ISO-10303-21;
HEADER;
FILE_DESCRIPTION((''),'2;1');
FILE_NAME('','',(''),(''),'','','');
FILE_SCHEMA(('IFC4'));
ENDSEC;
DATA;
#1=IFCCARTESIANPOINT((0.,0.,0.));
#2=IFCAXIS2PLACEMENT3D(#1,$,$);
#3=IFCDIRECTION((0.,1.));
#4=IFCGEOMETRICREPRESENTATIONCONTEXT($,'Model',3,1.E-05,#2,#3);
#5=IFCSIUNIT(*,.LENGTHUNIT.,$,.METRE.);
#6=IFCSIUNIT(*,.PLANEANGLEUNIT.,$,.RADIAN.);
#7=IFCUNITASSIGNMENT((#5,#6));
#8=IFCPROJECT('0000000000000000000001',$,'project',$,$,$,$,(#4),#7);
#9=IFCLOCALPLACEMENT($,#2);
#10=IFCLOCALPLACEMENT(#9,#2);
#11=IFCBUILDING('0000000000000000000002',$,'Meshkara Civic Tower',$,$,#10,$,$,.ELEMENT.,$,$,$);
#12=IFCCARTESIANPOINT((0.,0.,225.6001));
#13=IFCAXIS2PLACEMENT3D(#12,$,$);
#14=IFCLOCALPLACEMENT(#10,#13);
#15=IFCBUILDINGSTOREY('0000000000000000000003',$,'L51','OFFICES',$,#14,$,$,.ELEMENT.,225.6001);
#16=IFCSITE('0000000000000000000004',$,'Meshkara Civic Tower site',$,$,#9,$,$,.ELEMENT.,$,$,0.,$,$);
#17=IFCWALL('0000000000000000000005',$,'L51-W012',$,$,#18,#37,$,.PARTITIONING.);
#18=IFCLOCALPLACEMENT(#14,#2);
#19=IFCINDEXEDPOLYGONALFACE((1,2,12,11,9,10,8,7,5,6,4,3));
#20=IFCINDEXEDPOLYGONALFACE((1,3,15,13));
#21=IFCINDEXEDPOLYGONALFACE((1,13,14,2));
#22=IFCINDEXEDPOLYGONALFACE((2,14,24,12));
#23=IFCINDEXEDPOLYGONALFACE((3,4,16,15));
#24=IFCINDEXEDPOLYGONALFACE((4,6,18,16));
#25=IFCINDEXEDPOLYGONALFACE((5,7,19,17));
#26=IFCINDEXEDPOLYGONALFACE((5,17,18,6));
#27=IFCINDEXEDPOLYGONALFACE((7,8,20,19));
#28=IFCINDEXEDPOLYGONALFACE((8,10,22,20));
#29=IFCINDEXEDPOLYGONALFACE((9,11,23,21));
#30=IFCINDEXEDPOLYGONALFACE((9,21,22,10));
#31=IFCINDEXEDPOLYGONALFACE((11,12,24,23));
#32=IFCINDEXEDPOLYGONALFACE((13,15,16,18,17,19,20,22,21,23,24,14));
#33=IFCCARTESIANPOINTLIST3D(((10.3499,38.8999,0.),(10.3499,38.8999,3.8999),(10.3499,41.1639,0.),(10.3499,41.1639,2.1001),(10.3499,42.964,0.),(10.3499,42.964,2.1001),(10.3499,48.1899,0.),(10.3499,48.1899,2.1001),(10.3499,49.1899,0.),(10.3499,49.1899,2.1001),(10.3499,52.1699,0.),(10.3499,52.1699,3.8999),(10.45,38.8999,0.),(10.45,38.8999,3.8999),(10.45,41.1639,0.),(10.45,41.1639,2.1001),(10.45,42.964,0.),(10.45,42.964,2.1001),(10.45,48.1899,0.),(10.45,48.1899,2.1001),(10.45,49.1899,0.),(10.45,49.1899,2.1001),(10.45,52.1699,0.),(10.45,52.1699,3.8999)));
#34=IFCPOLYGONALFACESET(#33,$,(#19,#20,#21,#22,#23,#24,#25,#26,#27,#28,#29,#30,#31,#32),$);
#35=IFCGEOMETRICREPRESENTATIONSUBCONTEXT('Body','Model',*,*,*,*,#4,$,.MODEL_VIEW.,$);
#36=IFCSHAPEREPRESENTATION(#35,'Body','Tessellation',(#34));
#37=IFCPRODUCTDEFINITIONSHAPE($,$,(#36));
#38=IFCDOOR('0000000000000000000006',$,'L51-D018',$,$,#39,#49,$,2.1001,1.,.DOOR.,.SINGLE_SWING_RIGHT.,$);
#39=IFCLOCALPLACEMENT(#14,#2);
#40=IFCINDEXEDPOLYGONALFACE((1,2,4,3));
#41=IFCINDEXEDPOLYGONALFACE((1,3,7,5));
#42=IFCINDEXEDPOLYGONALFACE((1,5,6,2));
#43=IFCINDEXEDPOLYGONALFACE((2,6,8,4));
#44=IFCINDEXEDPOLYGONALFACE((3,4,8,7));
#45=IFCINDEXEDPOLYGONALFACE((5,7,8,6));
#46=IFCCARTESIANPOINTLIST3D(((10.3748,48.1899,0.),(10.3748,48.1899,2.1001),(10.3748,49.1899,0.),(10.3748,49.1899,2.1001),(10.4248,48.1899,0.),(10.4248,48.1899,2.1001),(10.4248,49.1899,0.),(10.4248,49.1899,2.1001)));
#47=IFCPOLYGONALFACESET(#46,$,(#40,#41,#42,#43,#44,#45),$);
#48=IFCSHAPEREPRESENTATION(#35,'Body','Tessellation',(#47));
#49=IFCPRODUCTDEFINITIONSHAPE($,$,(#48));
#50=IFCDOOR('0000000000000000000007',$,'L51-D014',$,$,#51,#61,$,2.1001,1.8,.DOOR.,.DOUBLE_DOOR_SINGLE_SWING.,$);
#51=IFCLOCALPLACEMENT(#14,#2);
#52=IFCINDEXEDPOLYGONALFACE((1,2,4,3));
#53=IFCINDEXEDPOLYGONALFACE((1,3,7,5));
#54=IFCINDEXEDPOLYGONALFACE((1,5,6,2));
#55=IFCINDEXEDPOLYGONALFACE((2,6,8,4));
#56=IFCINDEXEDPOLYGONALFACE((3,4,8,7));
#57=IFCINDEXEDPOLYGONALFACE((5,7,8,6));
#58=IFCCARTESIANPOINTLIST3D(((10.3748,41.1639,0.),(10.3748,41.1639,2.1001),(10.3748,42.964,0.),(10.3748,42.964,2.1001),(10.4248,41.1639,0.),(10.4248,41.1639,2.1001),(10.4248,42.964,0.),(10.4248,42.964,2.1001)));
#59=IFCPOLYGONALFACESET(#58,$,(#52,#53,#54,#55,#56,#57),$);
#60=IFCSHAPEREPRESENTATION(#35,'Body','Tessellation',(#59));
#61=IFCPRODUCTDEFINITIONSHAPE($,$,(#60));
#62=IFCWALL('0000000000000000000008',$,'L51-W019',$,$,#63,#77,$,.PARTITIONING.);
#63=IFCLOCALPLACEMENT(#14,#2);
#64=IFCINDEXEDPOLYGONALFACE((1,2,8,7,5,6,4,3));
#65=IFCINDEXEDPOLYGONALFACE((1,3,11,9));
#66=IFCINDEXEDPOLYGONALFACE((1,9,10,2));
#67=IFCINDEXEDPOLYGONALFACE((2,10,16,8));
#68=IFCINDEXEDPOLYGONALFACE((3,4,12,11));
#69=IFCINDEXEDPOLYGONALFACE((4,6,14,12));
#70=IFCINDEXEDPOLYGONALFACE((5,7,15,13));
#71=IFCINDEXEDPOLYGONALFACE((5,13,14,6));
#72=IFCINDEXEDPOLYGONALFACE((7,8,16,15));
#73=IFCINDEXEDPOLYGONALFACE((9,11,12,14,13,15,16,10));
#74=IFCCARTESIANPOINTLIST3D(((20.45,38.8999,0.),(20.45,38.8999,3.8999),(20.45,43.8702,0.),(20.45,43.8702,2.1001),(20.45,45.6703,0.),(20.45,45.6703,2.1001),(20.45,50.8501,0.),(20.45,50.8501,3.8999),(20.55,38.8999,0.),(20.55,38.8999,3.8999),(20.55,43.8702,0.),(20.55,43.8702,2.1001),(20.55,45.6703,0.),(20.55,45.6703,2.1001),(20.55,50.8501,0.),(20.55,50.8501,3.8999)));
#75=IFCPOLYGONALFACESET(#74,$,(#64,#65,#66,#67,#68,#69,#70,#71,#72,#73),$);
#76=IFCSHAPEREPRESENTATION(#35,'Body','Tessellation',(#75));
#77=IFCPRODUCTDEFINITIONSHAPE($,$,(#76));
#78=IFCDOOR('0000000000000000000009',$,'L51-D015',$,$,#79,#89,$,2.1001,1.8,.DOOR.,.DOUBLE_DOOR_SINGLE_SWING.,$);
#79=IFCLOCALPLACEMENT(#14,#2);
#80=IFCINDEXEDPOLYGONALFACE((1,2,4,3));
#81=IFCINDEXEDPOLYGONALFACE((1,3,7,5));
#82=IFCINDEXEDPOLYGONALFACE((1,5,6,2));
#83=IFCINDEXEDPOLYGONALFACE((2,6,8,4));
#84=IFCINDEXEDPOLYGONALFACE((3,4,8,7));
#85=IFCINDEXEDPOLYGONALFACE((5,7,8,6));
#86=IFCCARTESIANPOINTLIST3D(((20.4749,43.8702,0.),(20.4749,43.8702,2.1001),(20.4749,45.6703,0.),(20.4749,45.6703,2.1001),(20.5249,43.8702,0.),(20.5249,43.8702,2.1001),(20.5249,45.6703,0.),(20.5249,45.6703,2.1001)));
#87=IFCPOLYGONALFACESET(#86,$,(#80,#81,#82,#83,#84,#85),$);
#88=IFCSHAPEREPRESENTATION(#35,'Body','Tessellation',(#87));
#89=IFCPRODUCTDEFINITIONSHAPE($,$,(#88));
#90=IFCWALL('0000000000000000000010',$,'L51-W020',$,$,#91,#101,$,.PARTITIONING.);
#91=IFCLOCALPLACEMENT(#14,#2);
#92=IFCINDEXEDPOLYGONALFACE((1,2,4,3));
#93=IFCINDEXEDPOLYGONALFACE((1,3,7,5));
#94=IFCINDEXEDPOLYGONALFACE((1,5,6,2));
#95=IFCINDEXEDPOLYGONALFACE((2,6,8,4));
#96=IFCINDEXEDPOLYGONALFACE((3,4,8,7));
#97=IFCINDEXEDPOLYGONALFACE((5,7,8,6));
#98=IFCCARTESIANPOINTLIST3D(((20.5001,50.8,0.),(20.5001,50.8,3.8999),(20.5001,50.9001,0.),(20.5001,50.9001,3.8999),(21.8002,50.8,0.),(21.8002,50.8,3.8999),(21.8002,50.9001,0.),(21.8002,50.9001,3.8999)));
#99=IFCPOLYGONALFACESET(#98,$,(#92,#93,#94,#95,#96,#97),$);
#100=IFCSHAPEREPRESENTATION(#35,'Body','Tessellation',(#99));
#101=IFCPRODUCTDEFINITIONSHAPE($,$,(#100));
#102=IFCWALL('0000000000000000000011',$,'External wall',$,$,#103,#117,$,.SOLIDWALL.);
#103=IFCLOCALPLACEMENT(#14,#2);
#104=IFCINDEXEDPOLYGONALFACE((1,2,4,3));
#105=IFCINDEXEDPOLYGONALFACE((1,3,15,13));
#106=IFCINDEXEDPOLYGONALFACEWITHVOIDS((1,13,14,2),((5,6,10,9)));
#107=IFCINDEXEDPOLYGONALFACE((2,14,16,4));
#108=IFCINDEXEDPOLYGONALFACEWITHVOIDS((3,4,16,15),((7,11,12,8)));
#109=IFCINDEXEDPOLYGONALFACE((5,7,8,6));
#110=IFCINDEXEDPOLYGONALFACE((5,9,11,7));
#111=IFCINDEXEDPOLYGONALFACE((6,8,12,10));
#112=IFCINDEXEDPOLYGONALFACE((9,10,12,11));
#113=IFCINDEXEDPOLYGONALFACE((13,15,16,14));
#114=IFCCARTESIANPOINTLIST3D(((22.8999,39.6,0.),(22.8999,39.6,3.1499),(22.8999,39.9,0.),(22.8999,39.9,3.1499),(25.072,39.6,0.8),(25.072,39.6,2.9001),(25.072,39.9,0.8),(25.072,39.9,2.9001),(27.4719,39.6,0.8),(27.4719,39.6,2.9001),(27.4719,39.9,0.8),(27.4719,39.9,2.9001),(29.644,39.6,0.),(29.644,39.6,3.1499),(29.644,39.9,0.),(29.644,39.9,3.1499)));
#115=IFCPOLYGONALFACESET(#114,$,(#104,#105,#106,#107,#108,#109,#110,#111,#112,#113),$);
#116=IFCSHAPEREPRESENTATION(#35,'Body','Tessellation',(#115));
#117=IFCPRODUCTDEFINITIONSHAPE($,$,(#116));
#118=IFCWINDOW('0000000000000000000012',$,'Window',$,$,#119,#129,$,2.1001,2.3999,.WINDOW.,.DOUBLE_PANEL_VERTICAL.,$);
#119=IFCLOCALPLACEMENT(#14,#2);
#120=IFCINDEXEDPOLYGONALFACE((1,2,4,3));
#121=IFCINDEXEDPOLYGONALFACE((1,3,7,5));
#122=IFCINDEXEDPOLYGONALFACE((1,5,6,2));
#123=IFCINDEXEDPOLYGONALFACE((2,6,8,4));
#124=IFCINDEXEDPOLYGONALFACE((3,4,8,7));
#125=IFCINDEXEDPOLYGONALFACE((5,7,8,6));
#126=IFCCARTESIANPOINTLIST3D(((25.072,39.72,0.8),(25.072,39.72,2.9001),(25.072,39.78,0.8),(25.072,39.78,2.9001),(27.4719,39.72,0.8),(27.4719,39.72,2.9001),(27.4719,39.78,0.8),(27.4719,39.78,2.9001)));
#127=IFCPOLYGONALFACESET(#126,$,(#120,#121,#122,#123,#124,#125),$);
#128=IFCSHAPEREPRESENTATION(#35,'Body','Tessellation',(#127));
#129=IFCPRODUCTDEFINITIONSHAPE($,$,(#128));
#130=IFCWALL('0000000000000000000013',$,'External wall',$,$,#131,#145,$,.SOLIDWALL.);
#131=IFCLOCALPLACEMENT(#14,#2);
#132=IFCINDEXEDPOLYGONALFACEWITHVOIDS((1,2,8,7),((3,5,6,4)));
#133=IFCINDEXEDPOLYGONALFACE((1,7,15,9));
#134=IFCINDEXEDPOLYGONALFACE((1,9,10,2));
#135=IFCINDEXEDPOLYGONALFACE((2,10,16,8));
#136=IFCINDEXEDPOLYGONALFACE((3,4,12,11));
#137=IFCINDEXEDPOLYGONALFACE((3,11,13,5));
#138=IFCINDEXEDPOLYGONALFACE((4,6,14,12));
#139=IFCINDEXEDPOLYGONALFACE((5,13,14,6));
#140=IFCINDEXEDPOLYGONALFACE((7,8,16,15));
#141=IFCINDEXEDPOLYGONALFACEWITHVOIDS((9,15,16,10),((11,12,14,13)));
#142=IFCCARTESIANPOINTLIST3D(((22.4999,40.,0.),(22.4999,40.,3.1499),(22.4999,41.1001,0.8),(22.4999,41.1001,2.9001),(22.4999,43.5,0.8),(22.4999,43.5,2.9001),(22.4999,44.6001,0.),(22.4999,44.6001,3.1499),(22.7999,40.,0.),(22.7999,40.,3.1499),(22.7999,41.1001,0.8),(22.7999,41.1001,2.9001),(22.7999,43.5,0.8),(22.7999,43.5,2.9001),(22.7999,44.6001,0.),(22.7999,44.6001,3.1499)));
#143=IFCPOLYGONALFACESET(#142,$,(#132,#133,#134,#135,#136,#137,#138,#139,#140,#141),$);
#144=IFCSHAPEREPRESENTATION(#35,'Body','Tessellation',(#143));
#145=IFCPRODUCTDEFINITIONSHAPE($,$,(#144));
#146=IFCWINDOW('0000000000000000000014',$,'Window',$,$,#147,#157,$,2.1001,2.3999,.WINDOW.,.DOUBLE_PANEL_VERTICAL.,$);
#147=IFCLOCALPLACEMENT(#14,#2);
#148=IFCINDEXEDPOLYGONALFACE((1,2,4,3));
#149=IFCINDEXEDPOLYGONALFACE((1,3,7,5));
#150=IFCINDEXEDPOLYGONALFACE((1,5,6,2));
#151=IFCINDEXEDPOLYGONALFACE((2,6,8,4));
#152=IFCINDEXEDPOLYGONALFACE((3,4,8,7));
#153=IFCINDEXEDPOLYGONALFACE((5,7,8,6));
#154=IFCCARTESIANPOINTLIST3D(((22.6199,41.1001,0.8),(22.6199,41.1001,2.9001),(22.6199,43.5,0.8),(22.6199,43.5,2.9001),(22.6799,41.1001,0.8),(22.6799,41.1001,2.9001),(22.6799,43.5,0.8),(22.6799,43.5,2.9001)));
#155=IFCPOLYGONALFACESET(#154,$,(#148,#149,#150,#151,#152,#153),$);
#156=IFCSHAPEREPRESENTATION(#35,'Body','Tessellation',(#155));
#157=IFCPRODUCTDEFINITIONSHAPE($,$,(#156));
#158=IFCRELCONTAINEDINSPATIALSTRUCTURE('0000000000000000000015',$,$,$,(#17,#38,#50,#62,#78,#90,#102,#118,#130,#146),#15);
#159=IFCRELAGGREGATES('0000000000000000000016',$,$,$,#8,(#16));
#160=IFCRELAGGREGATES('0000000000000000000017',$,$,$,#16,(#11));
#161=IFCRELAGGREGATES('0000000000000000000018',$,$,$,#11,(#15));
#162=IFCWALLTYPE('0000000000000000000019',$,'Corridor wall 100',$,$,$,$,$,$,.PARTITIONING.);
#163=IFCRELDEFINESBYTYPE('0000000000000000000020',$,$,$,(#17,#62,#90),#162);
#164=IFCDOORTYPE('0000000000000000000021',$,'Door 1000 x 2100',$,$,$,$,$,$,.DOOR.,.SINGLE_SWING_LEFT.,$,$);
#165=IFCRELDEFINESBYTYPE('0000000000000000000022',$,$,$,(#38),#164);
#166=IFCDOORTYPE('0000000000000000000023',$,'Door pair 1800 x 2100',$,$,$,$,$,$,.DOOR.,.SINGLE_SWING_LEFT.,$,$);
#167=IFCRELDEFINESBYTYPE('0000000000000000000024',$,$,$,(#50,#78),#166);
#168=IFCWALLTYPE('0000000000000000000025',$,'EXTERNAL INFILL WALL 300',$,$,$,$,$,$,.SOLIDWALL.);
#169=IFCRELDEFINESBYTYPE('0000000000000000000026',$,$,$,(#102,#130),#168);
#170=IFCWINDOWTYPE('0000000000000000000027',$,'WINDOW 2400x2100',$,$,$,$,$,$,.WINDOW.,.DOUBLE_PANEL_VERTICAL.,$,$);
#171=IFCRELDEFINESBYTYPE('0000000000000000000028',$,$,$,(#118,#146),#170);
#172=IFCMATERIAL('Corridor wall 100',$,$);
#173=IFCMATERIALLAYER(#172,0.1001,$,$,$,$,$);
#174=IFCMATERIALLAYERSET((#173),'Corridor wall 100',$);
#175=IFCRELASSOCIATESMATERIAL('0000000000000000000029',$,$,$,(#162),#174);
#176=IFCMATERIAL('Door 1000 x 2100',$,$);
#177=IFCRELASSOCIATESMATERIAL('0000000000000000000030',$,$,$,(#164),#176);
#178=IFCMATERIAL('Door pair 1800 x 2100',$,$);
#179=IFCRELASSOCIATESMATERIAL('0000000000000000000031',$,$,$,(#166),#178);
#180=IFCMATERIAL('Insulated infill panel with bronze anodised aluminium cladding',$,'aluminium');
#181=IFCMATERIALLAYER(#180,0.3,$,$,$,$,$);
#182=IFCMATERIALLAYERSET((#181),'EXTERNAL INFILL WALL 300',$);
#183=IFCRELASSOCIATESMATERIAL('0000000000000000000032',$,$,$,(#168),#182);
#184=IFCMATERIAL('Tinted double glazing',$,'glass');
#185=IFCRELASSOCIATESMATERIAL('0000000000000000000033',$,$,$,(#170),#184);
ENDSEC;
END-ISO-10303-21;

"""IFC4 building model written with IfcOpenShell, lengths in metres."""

from ifc_helpers import new_model, si_unit, direction, frame, frame_2d, origin, place, context, subcontext, project, spatial, rectangle, extrude, material, layer, layer_set, type_object, element, fill, save


model = new_model("IFC4")

# Units and contexts
model_context = context("Model", 3, precision=1e-05, world=origin(), true_north=direction((0.0, 1.0)))
body_context = subcontext(model_context, "Body", "Model", "MODEL_VIEW")
ifc_project = project(units=[si_unit("LENGTHUNIT", "METRE"), si_unit("PLANEANGLEUNIT", "RADIAN")], contexts=[model_context])

# Site, building, storey
site_placement = place(None, origin())
site = spatial("IfcSite", under=ifc_project, at=site_placement, Name="Meshkara Civic Tower site", CompositionType="ELEMENT", RefElevation=0.0)
building_placement = place(site_placement, origin())
building = spatial("IfcBuilding", under=site, at=building_placement, Name="Meshkara Civic Tower", CompositionType="ELEMENT")
storey_placement = place(building_placement, frame((0.0, 0.0, 225.6001)))
storey = spatial("IfcBuildingStorey", under=building, at=storey_placement, Name="L51", Description="OFFICES", CompositionType="ELEMENT", Elevation=225.6001)

# Wall, openings, doors
ifc_material_1 = material(Name="Corridor wall 100")
ifc_layer_1 = layer(ifc_material_1, 0.1001)
ifc_layer_set_1 = layer_set([ifc_layer_1], Name="Corridor wall 100")
wall_type_1 = type_object("IfcWallType", Name="Corridor wall 100", PredefinedType="PARTITIONING", material=ifc_layer_set_1)
wall_1_placement = place(storey_placement, frame((10.3999, 52.1699, 0.0), z_axis=(0.0, 0.0, 1.0), x_axis=(0.0, -1.0, 0.0)))
wall_1 = element("IfcWall", 1, at=wall_1_placement, inside=storey, type_object=wall_type_1, Name="L51-W012", PredefinedType="PARTITIONING", context=body_context, shape_type="SweptSolid", body=[
    extrude(rectangle(XDim=13.27, YDim=0.1001, at=frame_2d((6.635, 0.0))), origin(), (0.0, 0.0, 1.0), 3.8999),
])
opening_1_placement = place(wall_1_placement, frame((9.2061, 0.0, 0.0)))
opening_1 = element("IfcOpeningElement", 2, at=opening_1_placement, cuts=wall_1, PredefinedType="OPENING", context=body_context, shape_type="SweptSolid", body=[
    extrude(rectangle(XDim=1.8, YDim=2.1001, at=frame_2d((0.8999, 1.05))), frame((0.0, 0.0601, 0.0), z_axis=(0.0, -1.0, 0.0), x_axis=(1.0, 0.0, 0.0)), (0.0, 0.0, 1.0), 0.1201),
])
opening_2_placement = place(wall_1_placement, frame((2.98, 0.0, 0.0)))
opening_2 = element("IfcOpeningElement", 3, at=opening_2_placement, cuts=wall_1, PredefinedType="OPENING", context=body_context, shape_type="SweptSolid", body=[
    extrude(rectangle(XDim=1.0, YDim=2.1001, at=frame_2d((0.5, 1.05))), frame((0.0, 0.0601, 0.0), z_axis=(0.0, -1.0, 0.0), x_axis=(1.0, 0.0, 0.0)), (0.0, 0.0, 1.0), 0.1201),
])
ifc_material_2 = material(Name="Door 1000 x 2100")
door_type_1 = type_object("IfcDoorType", Name="Door 1000 x 2100", OperationType="SINGLE_SWING_LEFT", PredefinedType="DOOR", material=ifc_material_2)
door_1_placement = place(opening_2_placement, origin())
door_1 = element("IfcDoor", 4, at=door_1_placement, inside=storey, type_object=door_type_1, Name="L51-D018", OperationType="SINGLE_SWING_RIGHT", OverallHeight=2.1001, OverallWidth=1.0, PredefinedType="DOOR", context=body_context, shape_type="SweptSolid", body=[
    extrude(rectangle(XDim=1.0, YDim=2.1001, at=frame_2d((0.5, 1.05))), frame((0.0, 0.0249, 0.0), z_axis=(0.0, -1.0, 0.0), x_axis=(1.0, 0.0, 0.0)), (0.0, 0.0, 1.0), 0.05),
])
fill(opening_2, door_1)
ifc_material_3 = material(Name="Door pair 1800 x 2100")
door_type_2 = type_object("IfcDoorType", Name="Door pair 1800 x 2100", OperationType="SINGLE_SWING_LEFT", PredefinedType="DOOR", material=ifc_material_3)
door_2_placement = place(opening_1_placement, origin())
door_2 = element("IfcDoor", 5, at=door_2_placement, inside=storey, type_object=door_type_2, Name="L51-D014", OperationType="DOUBLE_DOOR_SINGLE_SWING", OverallHeight=2.1001, OverallWidth=1.8, PredefinedType="DOOR", context=body_context, shape_type="SweptSolid", body=[
    extrude(rectangle(XDim=1.8, YDim=2.1001, at=frame_2d((0.8999, 1.05))), frame((0.0, 0.0249, 0.0), z_axis=(0.0, -1.0, 0.0), x_axis=(1.0, 0.0, 0.0)), (0.0, 0.0, 1.0), 0.05),
])
fill(opening_1, door_2)

# Wall, opening, door
wall_2_placement = place(storey_placement, frame((20.5, 50.8501, 0.0), z_axis=(0.0, 0.0, 1.0), x_axis=(0.0, -1.0, 0.0)))
wall_2 = element("IfcWall", 6, at=wall_2_placement, inside=storey, type_object=wall_type_1, Name="L51-W019", PredefinedType="PARTITIONING", context=body_context, shape_type="SweptSolid", body=[
    extrude(rectangle(XDim=11.9502, YDim=0.1001, at=frame_2d((5.9751, 0.0))), origin(), (0.0, 0.0, 1.0), 3.8999),
])
opening_3_placement = place(wall_2_placement, frame((5.1799, 0.0, 0.0)))
opening_3 = element("IfcOpeningElement", 7, at=opening_3_placement, cuts=wall_2, PredefinedType="OPENING", context=body_context, shape_type="SweptSolid", body=[
    extrude(rectangle(XDim=1.8, YDim=2.1001, at=frame_2d((0.8999, 1.05))), frame((0.0, 0.0601, 0.0), z_axis=(0.0, -1.0, 0.0), x_axis=(1.0, 0.0, 0.0)), (0.0, 0.0, 1.0), 0.1201),
])
door_3_placement = place(opening_3_placement, origin())
door_3 = element("IfcDoor", 8, at=door_3_placement, inside=storey, type_object=door_type_2, Name="L51-D015", OperationType="DOUBLE_DOOR_SINGLE_SWING", OverallHeight=2.1001, OverallWidth=1.8, PredefinedType="DOOR", context=body_context, shape_type="SweptSolid", body=[
    extrude(rectangle(XDim=1.8, YDim=2.1001, at=frame_2d((0.8999, 1.05))), frame((0.0, 0.0249, 0.0), z_axis=(0.0, -1.0, 0.0), x_axis=(1.0, 0.0, 0.0)), (0.0, 0.0, 1.0), 0.05),
])
fill(opening_3, door_3)

# Wall
wall_3_placement = place(storey_placement, frame((21.8, 50.8501, 0.0), z_axis=(0.0, 0.0, 1.0), x_axis=(-1.0, 0.0, 0.0)))
element("IfcWall", 9, at=wall_3_placement, inside=storey, type_object=wall_type_1, Name="L51-W020", PredefinedType="PARTITIONING", context=body_context, shape_type="SweptSolid", body=[
    extrude(rectangle(XDim=1.3, YDim=0.1001, at=frame_2d((0.6499, 0.0))), origin(), (0.0, 0.0, 1.0), 3.8999),
])

# Walls, openings, windows
ifc_material_4 = material(Name="Insulated infill panel with bronze anodised aluminium cladding", Category="aluminium")
ifc_layer_2 = layer(ifc_material_4, 0.3)
ifc_layer_set_2 = layer_set([ifc_layer_2], Name="EXTERNAL INFILL WALL 300")
wall_type_2 = type_object("IfcWallType", Name="EXTERNAL INFILL WALL 300", PredefinedType="SOLIDWALL", material=ifc_layer_set_2)
wall_4_placement = place(storey_placement, frame((29.644, 39.75, 0.0), z_axis=(0.0, 0.0, 1.0), x_axis=(-1.0, 0.0, 0.0)))
wall_4 = element("IfcWall", 10, at=wall_4_placement, inside=storey, type_object=wall_type_2, Name="External wall", PredefinedType="SOLIDWALL", context=body_context, shape_type="SweptSolid", body=[
    extrude(rectangle(XDim=6.7441, YDim=0.3, at=frame_2d((3.3721, 0.0))), origin(), (0.0, 0.0, 1.0), 3.1499),
])
opening_4_placement = place(wall_4_placement, frame((2.1721, 0.0, 0.8)))
opening_4 = element("IfcOpeningElement", 11, at=opening_4_placement, cuts=wall_4, PredefinedType="OPENING", context=body_context, shape_type="SweptSolid", body=[
    extrude(rectangle(XDim=2.3999, YDim=2.1001, at=frame_2d((1.2, 1.05))), frame((0.0, 0.1599, 0.0), z_axis=(0.0, -1.0, 0.0), x_axis=(1.0, 0.0, 0.0)), (0.0, 0.0, 1.0), 0.3201),
])
ifc_material_5 = material(Name="Tinted double glazing", Category="glass")
window_type = type_object("IfcWindowType", Name="WINDOW 2400x2100", PartitioningType="DOUBLE_PANEL_VERTICAL", PredefinedType="WINDOW", material=ifc_material_5)
window_1_placement = place(opening_4_placement, origin())
window_1 = element("IfcWindow", 12, at=window_1_placement, inside=storey, type_object=window_type, Name="Window", OverallHeight=2.1001, OverallWidth=2.3999, PartitioningType="DOUBLE_PANEL_VERTICAL", PredefinedType="WINDOW", context=body_context, shape_type="SweptSolid", body=[
    extrude(rectangle(XDim=2.3999, YDim=2.1001, at=frame_2d((1.2, 1.05))), frame((0.0, 0.03, 0.0), z_axis=(0.0, -1.0, 0.0), x_axis=(1.0, 0.0, 0.0)), (0.0, 0.0, 1.0), 0.0601),
])
fill(opening_4, window_1)
wall_5_placement = place(storey_placement, frame((22.6499, 40.0, 0.0), z_axis=(0.0, 0.0, 1.0), x_axis=(0.0, 1.0, 0.0)))
wall_5 = element("IfcWall", 13, at=wall_5_placement, inside=storey, type_object=wall_type_2, Name="External wall", PredefinedType="SOLIDWALL", context=body_context, shape_type="SweptSolid", body=[
    extrude(rectangle(XDim=4.6001, YDim=0.3, at=frame_2d((2.3, 0.0))), origin(), (0.0, 0.0, 1.0), 3.1499),
])
opening_5_placement = place(wall_5_placement, frame((1.1001, 0.0, 0.8)))
opening_5 = element("IfcOpeningElement", 14, at=opening_5_placement, cuts=wall_5, PredefinedType="OPENING", context=body_context, shape_type="SweptSolid", body=[
    extrude(rectangle(XDim=2.3999, YDim=2.1001, at=frame_2d((1.2, 1.05))), frame((0.0, 0.1599, 0.0), z_axis=(0.0, -1.0, 0.0), x_axis=(1.0, 0.0, 0.0)), (0.0, 0.0, 1.0), 0.3201),
])
window_2_placement = place(opening_5_placement, origin())
window_2 = element("IfcWindow", 15, at=window_2_placement, inside=storey, type_object=window_type, Name="Window", OverallHeight=2.1001, OverallWidth=2.3999, PartitioningType="DOUBLE_PANEL_VERTICAL", PredefinedType="WINDOW", context=body_context, shape_type="SweptSolid", body=[
    extrude(rectangle(XDim=2.3999, YDim=2.1001, at=frame_2d((1.2, 1.05))), frame((0.0, 0.03, 0.0), z_axis=(0.0, -1.0, 0.0), x_axis=(1.0, 0.0, 0.0)), (0.0, 0.0, 1.0), 0.0601),
])
fill(opening_5, window_2)

save(model, "model.ifc")
